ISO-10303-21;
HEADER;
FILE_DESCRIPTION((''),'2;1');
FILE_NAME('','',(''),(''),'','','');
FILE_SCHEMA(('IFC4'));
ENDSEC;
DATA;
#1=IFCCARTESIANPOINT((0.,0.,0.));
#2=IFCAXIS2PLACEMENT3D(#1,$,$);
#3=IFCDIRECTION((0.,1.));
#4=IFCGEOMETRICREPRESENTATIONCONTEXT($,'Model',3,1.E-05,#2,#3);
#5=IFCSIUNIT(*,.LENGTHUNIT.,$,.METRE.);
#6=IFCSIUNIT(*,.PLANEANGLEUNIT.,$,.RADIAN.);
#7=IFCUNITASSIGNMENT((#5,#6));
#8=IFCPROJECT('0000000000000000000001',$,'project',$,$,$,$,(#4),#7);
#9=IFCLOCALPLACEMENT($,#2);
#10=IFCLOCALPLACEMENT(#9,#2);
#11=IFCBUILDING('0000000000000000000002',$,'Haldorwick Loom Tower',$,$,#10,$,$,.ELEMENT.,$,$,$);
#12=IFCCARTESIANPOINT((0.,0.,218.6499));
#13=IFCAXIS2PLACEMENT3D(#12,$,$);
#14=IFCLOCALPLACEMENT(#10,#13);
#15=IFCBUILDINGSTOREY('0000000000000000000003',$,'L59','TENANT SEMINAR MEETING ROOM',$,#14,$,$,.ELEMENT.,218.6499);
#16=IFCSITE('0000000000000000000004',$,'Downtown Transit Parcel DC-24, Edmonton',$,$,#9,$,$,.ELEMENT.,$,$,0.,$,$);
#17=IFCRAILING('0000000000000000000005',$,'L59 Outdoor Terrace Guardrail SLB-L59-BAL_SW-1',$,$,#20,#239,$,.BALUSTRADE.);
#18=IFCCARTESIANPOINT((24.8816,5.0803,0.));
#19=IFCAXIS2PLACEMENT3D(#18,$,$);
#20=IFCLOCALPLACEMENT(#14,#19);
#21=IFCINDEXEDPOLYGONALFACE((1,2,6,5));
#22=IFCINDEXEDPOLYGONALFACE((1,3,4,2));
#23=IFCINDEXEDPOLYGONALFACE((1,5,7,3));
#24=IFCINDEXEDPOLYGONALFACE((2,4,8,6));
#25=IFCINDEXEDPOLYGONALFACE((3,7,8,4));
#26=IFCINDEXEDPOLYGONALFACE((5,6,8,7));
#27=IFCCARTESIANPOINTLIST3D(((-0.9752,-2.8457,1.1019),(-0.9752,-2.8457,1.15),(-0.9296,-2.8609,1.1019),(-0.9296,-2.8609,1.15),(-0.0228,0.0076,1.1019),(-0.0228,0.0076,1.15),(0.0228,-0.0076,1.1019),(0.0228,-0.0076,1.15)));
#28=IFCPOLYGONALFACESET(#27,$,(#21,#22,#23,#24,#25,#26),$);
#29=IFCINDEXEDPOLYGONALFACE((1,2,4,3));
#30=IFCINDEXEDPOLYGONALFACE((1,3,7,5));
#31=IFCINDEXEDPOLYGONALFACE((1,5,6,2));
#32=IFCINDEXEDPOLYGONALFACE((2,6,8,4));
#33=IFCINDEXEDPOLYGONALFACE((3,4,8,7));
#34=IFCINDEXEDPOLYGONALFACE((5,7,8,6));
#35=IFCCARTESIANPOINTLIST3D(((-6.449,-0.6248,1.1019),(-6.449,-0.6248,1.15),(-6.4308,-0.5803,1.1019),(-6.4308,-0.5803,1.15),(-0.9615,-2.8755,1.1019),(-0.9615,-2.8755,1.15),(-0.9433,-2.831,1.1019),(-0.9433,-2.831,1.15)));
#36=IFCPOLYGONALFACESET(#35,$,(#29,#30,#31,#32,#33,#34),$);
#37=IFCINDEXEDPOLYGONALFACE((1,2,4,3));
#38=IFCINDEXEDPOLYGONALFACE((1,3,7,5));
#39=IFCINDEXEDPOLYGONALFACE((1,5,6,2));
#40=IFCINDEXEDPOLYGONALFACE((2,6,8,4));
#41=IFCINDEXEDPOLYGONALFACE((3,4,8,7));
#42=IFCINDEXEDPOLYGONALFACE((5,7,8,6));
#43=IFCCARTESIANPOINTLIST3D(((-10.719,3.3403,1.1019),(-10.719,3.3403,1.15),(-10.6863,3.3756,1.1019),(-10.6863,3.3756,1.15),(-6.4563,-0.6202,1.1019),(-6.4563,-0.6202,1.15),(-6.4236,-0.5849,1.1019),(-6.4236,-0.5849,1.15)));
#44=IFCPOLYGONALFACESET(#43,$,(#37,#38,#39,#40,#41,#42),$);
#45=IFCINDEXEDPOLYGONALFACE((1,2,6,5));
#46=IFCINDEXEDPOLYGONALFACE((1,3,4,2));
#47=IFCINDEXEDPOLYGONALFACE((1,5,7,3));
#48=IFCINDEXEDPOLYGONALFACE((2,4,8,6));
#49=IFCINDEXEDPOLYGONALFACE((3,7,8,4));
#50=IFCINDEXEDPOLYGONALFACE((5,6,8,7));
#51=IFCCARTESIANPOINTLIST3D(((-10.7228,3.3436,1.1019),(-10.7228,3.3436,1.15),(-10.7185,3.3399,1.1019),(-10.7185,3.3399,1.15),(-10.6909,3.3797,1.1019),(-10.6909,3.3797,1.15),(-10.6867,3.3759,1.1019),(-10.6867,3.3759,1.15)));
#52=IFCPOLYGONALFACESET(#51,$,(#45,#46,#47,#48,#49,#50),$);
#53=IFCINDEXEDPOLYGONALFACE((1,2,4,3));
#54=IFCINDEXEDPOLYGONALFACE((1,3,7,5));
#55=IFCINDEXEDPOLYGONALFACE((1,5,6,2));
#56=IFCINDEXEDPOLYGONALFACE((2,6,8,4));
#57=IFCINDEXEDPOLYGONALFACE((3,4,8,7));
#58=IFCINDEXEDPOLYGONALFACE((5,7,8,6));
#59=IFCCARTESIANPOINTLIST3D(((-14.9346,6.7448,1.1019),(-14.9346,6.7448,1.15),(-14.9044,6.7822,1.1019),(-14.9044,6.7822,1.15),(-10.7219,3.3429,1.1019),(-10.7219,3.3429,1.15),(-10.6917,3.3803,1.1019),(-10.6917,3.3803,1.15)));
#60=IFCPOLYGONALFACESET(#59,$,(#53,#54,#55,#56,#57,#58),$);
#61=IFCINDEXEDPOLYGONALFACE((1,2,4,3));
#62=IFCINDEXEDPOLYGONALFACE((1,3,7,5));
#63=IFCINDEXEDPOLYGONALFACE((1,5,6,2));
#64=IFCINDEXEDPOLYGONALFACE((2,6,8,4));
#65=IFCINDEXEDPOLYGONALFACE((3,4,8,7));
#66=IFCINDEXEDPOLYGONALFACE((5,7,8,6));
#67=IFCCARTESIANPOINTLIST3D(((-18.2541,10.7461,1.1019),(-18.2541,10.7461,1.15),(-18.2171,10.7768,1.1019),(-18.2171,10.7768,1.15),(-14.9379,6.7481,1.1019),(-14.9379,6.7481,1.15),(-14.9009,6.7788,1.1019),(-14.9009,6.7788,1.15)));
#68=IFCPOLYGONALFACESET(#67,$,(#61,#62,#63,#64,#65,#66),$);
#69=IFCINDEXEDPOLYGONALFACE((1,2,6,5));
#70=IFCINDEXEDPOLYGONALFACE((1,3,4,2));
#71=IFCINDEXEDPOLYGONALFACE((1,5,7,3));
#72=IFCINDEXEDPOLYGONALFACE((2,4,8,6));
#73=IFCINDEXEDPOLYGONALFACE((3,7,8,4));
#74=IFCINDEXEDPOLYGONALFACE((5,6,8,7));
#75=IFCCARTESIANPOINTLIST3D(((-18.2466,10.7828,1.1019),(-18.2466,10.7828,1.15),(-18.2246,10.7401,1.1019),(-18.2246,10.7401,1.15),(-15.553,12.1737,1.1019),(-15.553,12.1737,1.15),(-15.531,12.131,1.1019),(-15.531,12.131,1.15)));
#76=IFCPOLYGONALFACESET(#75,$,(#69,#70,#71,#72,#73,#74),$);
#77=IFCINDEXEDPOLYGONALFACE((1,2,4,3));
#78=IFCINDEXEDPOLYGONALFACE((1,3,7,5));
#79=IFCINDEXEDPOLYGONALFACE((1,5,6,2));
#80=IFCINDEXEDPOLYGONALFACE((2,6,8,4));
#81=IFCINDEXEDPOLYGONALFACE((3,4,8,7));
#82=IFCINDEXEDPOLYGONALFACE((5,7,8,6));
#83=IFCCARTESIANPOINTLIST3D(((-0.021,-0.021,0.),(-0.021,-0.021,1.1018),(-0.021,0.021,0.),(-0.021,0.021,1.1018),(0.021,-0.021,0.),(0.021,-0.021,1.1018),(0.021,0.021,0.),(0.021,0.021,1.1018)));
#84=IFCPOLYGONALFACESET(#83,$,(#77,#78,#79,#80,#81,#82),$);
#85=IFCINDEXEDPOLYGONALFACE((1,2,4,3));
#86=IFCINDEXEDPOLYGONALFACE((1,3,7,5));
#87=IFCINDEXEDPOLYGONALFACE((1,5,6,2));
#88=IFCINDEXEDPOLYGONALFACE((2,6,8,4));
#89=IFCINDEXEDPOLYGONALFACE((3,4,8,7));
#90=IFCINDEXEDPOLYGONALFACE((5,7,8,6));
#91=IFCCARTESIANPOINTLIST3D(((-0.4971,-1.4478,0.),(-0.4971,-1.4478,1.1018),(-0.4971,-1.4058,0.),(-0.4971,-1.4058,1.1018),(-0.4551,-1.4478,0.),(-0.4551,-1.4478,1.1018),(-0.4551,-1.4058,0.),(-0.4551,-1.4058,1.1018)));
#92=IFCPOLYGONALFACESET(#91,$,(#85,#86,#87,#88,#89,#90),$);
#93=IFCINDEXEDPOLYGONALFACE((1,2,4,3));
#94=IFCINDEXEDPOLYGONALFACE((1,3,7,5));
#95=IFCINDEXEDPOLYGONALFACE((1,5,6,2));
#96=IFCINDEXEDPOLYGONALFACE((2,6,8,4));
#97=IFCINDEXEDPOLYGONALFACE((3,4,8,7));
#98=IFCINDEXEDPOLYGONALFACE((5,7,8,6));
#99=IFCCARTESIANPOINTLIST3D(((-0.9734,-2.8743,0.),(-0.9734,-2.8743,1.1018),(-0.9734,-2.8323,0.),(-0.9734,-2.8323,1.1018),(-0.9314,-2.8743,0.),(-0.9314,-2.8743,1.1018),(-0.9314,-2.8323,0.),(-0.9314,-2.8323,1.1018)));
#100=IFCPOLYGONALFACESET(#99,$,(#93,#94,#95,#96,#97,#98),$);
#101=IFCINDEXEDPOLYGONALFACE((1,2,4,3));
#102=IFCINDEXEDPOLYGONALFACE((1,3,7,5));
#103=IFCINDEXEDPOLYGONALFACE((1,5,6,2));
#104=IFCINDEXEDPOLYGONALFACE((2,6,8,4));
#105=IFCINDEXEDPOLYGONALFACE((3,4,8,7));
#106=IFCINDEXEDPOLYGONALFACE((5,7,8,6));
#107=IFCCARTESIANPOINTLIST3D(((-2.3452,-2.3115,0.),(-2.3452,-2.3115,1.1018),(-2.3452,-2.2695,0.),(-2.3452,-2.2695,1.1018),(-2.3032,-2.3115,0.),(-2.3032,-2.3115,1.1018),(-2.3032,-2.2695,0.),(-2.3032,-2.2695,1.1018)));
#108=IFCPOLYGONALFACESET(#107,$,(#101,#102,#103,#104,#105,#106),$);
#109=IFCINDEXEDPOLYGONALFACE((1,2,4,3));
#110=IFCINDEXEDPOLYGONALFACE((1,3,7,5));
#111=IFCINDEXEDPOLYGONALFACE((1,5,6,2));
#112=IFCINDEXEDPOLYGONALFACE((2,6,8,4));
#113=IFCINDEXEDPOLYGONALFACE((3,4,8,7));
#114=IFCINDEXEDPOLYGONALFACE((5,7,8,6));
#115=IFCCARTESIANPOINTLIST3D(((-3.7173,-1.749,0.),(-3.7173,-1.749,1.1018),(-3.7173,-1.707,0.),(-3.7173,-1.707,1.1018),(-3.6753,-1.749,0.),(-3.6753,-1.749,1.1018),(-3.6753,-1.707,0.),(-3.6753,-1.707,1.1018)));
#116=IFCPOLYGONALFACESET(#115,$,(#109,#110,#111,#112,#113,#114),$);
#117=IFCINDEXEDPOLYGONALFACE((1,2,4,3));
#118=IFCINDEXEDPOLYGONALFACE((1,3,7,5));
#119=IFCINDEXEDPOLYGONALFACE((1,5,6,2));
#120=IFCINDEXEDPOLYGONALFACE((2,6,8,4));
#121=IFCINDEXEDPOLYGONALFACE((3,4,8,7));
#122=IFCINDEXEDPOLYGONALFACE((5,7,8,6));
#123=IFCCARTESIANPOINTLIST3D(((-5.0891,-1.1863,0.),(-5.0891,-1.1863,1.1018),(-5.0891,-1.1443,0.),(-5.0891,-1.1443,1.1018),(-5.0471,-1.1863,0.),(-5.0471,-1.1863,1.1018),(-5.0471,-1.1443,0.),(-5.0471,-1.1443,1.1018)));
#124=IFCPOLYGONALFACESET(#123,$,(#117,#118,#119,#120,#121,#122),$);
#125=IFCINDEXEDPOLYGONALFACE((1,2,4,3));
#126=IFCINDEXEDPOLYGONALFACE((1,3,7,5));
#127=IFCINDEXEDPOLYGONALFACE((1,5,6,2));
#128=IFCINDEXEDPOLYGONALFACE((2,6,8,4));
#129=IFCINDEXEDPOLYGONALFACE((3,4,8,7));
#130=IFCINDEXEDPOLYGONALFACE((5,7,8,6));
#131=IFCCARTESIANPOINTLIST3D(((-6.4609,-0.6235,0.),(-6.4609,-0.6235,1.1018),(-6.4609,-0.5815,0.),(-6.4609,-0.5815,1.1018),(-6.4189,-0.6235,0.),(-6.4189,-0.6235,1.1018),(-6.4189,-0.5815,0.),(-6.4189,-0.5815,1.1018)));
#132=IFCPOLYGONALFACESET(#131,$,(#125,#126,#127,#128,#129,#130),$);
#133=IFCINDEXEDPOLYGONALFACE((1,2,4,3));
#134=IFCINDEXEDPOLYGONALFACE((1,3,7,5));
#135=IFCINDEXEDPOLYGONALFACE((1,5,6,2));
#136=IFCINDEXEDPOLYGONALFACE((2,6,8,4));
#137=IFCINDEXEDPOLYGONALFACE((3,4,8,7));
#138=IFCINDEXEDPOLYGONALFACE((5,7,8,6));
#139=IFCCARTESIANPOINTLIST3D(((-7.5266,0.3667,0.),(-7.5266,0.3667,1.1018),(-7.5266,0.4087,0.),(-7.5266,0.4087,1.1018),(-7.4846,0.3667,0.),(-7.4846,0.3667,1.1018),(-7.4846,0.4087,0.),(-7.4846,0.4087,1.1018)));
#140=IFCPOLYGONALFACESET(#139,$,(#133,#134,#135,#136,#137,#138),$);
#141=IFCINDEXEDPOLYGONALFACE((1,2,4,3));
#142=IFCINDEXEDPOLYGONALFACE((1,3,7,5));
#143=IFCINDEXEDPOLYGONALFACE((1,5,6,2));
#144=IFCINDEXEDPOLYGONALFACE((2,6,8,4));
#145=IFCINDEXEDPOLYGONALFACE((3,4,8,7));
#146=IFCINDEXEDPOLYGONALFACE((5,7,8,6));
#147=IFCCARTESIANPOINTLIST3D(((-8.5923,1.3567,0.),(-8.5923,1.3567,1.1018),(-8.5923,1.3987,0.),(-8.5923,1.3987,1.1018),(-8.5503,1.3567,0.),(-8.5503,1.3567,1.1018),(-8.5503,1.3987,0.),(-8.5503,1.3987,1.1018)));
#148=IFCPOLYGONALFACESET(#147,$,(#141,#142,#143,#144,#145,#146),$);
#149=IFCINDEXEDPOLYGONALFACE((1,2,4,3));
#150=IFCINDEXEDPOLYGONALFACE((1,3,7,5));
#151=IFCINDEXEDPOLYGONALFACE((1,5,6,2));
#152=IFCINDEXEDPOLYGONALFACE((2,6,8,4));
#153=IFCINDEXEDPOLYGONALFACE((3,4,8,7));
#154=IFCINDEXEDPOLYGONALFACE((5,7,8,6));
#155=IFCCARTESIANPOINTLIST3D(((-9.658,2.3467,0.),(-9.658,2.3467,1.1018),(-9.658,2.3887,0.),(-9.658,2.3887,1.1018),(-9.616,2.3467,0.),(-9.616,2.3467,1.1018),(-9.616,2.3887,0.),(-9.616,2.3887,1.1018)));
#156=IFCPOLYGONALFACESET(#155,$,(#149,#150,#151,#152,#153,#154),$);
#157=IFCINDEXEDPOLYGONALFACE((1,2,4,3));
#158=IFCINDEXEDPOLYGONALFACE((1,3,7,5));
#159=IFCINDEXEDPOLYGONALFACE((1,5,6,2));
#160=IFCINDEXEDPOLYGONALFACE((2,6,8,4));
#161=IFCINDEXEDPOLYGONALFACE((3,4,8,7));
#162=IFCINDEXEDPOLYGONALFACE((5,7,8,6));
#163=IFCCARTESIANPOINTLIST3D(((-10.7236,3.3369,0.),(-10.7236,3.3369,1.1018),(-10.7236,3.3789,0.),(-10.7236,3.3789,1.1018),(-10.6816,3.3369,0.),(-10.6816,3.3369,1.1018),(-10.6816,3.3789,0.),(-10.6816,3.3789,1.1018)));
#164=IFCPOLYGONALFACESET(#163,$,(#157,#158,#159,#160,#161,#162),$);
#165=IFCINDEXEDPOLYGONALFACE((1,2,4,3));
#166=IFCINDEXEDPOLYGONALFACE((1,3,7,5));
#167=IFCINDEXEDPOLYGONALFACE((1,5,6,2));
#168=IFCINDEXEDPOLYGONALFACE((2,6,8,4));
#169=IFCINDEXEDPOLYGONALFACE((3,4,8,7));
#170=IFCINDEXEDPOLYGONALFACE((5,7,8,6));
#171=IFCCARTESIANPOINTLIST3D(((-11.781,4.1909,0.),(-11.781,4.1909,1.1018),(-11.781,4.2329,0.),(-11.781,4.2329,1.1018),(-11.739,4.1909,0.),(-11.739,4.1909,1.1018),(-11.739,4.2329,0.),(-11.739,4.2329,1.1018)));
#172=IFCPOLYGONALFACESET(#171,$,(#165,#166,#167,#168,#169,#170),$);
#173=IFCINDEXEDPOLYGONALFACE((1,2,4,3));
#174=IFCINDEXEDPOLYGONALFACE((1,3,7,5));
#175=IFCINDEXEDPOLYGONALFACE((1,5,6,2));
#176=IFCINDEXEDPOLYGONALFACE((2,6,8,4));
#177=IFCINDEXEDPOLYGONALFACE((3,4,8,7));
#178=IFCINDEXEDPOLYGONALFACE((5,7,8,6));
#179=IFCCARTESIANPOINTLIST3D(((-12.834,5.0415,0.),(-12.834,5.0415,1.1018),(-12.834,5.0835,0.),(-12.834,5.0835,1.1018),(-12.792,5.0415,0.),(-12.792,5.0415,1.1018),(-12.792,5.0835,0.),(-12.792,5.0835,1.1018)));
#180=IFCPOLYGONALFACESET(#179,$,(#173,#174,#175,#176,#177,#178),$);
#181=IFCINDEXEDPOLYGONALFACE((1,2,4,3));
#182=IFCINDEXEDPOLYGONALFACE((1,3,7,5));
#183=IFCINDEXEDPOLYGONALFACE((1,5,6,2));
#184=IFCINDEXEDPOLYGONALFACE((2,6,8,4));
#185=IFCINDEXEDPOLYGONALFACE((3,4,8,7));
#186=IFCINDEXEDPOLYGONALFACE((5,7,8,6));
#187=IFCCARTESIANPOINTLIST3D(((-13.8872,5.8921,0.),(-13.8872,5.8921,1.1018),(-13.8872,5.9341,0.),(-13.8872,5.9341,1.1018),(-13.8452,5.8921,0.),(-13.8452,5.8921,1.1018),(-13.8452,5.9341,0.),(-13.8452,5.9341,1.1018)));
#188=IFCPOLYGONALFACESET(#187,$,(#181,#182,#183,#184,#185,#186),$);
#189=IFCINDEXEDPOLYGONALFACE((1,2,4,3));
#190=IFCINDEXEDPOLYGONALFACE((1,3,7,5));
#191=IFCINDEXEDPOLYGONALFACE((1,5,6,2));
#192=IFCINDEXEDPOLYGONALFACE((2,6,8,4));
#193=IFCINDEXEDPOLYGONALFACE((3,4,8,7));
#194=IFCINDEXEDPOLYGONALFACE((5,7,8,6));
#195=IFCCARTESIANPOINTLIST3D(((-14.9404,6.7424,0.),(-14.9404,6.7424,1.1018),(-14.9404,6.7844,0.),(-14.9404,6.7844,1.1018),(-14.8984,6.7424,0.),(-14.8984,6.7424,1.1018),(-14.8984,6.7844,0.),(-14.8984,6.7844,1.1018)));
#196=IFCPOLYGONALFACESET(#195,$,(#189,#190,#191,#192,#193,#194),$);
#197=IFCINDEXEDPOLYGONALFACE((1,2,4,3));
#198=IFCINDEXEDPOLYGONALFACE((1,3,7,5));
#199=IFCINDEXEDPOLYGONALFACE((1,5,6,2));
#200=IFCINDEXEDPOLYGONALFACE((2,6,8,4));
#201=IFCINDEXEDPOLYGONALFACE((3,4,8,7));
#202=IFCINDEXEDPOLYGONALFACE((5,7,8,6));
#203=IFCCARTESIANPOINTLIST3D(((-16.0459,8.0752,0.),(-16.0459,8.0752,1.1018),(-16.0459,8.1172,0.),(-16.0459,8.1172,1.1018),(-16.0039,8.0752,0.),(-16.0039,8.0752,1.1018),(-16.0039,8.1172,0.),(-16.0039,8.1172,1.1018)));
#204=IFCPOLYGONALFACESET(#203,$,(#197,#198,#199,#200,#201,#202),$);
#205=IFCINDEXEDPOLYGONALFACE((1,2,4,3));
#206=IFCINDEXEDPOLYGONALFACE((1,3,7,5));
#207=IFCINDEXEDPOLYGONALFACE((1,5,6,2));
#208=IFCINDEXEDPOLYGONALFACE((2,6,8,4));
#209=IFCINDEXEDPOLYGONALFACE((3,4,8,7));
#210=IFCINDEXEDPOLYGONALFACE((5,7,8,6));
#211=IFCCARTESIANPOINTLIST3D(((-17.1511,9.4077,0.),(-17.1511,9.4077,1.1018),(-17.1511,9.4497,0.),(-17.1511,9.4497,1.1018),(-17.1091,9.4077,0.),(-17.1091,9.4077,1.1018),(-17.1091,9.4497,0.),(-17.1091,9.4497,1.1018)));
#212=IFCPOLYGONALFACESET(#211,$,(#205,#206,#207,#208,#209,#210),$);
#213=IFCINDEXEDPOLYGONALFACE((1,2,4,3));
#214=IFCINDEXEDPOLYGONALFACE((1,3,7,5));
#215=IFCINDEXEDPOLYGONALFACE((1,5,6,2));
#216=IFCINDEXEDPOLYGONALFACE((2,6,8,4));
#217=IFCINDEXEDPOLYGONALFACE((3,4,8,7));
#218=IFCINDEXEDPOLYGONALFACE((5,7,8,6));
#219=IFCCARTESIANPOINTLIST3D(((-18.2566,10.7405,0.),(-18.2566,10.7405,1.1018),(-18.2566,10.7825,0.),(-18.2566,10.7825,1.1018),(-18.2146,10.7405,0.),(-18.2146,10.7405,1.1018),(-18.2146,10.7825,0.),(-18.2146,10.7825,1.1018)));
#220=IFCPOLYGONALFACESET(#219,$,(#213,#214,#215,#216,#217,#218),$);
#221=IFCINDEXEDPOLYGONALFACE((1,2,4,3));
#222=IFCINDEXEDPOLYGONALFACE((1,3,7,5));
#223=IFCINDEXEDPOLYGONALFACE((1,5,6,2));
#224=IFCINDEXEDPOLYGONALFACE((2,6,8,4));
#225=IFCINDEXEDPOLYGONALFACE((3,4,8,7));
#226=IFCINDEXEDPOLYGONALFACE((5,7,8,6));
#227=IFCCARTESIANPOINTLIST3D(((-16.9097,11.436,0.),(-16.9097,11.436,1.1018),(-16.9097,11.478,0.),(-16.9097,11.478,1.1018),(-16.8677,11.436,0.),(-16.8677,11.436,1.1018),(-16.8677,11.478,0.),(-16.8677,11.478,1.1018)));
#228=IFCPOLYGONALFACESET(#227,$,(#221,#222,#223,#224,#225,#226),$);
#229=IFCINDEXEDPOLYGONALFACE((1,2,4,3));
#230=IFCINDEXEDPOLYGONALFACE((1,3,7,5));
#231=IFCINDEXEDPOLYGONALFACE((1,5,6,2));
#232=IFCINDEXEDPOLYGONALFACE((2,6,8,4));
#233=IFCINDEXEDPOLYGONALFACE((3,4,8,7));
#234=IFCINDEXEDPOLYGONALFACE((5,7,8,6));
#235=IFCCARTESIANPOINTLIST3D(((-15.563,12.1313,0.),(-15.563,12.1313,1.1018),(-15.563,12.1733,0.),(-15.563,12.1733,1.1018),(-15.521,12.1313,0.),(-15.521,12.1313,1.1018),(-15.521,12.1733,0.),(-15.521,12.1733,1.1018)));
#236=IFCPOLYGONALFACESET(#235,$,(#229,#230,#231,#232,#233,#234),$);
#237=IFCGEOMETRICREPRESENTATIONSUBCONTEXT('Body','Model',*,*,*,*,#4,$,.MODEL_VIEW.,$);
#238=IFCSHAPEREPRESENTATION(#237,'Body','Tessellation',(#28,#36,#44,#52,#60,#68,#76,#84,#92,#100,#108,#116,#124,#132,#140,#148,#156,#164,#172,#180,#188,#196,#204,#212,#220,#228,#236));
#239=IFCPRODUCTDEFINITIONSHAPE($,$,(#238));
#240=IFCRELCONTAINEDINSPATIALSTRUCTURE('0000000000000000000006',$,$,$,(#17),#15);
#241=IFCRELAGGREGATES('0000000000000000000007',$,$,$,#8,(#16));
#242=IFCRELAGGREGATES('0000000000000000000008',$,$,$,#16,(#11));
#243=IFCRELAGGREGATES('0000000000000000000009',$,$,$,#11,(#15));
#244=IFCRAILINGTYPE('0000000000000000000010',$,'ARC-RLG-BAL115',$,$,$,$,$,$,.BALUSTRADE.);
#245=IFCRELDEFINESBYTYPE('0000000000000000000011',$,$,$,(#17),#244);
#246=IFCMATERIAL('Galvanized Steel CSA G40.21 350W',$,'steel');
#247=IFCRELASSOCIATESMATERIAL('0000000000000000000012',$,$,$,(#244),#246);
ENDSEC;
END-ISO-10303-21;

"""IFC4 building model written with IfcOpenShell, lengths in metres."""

from ifc_helpers import new_model, si_unit, direction, frame, origin, origin_2d, place, context, subcontext, project, spatial, rectangle, extrude, material, type_object, element, save


model = new_model("IFC4")

# Units and contexts
model_context = context("Model", 3, precision=1e-05, world=origin(), true_north=direction((0.0, 1.0)))
body_context = subcontext(model_context, "Body", "Model", "MODEL_VIEW")
ifc_project = project(units=[si_unit("LENGTHUNIT", "METRE"), si_unit("PLANEANGLEUNIT", "RADIAN")], contexts=[model_context])

# Site, building, storey
site_placement = place(None, origin())
site = spatial("IfcSite", under=ifc_project, at=site_placement, Name="Downtown Transit Parcel DC-24, Edmonton", CompositionType="ELEMENT", RefElevation=0.0)
building_placement = place(site_placement, origin())
building = spatial("IfcBuilding", under=site, at=building_placement, Name="Haldorwick Loom Tower", CompositionType="ELEMENT")
storey_placement = place(building_placement, frame((0.0, 0.0, 218.6499)))
storey = spatial("IfcBuildingStorey", under=building, at=storey_placement, Name="L59", Description="TENANT SEMINAR MEETING ROOM", CompositionType="ELEMENT", Elevation=218.6499)

# Railing
ifc_material_1 = material(Name="Galvanized Steel CSA G40.21 350W", Category="steel")
railing_type = type_object("IfcRailingType", Name="ARC-RLG-BAL115", PredefinedType="BALUSTRADE", material=ifc_material_1)
railing_placement = place(storey_placement, frame((24.8816, 5.0803, 0.0)))
element("IfcRailing", 1, at=railing_placement, inside=storey, type_object=railing_type, Name="L59 Outdoor Terrace Guardrail SLB-L59-BAL_SW-1", PredefinedType="BALUSTRADE", context=body_context, shape_type="SweptSolid", body=[
    extrude(rectangle(XDim=0.0481, YDim=0.0481, at=origin_2d()), frame((0.0, 0.0, 1.126), z_axis=(-0.316617, -0.948553, 0.0), x_axis=(0.948553, -0.316617, 0.0)), (0.0, 0.0, 1.0), 3.0081),
    extrude(rectangle(XDim=0.0481, YDim=0.0481, at=origin_2d()), frame((-0.9524, -2.8533, 1.126), z_axis=(-0.925202, 0.379474, 0.0), x_axis=(-0.379474, -0.925202, 0.0)), (0.0, 0.0, 1.0), 5.9312),
    extrude(rectangle(XDim=0.0481, YDim=0.0481, at=origin_2d()), frame((-6.4399, -0.6025, 1.126), z_axis=(-0.732602, 0.680657, 0.0), x_axis=(-0.680657, -0.732602, 0.0)), (0.0, 0.0, 1.0), 5.8186),
    extrude(rectangle(XDim=0.0481, YDim=0.0481, at=origin_2d()), frame((-10.7026, 3.3579, 1.126), z_axis=(-0.749838, 0.661622, 0.0), x_axis=(-0.661622, -0.749838, 0.0)), (0.0, 0.0, 1.0), 0.0056),
    extrude(rectangle(XDim=0.0481, YDim=0.0481, at=origin_2d()), frame((-10.7068, 3.3616, 1.126), z_axis=(-0.778001, 0.628263, 0.0), x_axis=(-0.628263, -0.778001, 0.0)), (0.0, 0.0, 1.0), 5.4148),
    extrude(rectangle(XDim=0.0481, YDim=0.0481, at=origin_2d()), frame((-14.9194, 6.7634, 1.126), z_axis=(-0.638417, 0.769691, 0.0), x_axis=(-0.769691, -0.638417, 0.0)), (0.0, 0.0, 1.0), 5.1943),
    extrude(rectangle(XDim=0.0481, YDim=0.0481, at=origin_2d()), frame((-18.2356, 10.7615, 1.126), z_axis=(0.888537, 0.458805, 0.0), x_axis=(-0.458805, 0.888537, 0.0)), (0.0, 0.0, 1.0), 3.0315),
    extrude(rectangle(XDim=0.042, YDim=0.042, at=origin_2d()), origin(), (0.0, 0.0, 1.0), 1.1018),
    extrude(rectangle(XDim=0.042, YDim=0.042, at=origin_2d()), frame((-0.4761, -1.4268, 0.0)), (0.0, 0.0, 1.0), 1.1018),
    extrude(rectangle(XDim=0.042, YDim=0.042, at=origin_2d()), frame((-0.9524, -2.8533, 0.0)), (0.0, 0.0, 1.0), 1.1018),
    extrude(rectangle(XDim=0.042, YDim=0.042, at=origin_2d()), frame((-2.3242, -2.2905, 0.0)), (0.0, 0.0, 1.0), 1.1018),
    extrude(rectangle(XDim=0.042, YDim=0.042, at=origin_2d()), frame((-3.6963, -1.728, 0.0)), (0.0, 0.0, 1.0), 1.1018),
    extrude(rectangle(XDim=0.042, YDim=0.042, at=origin_2d()), frame((-5.0681, -1.1653, 0.0)), (0.0, 0.0, 1.0), 1.1018),
    extrude(rectangle(XDim=0.042, YDim=0.042, at=origin_2d()), frame((-6.4399, -0.6025, 0.0)), (0.0, 0.0, 1.0), 1.1018),
    extrude(rectangle(XDim=0.042, YDim=0.042, at=origin_2d()), frame((-7.5056, 0.3877, 0.0)), (0.0, 0.0, 1.0), 1.1018),
    extrude(rectangle(XDim=0.042, YDim=0.042, at=origin_2d()), frame((-8.5713, 1.3777, 0.0)), (0.0, 0.0, 1.0), 1.1018),
    extrude(rectangle(XDim=0.042, YDim=0.042, at=origin_2d()), frame((-9.637, 2.3677, 0.0)), (0.0, 0.0, 1.0), 1.1018),
    extrude(rectangle(XDim=0.042, YDim=0.042, at=origin_2d()), frame((-10.7026, 3.3579, 0.0)), (0.0, 0.0, 1.0), 1.1018),
    extrude(rectangle(XDim=0.042, YDim=0.042, at=origin_2d()), frame((-11.76, 4.2119, 0.0)), (0.0, 0.0, 1.0), 1.1018),
    extrude(rectangle(XDim=0.042, YDim=0.042, at=origin_2d()), frame((-12.813, 5.0625, 0.0)), (0.0, 0.0, 1.0), 1.1018),
    extrude(rectangle(XDim=0.042, YDim=0.042, at=origin_2d()), frame((-13.8662, 5.9131, 0.0)), (0.0, 0.0, 1.0), 1.1018),
    extrude(rectangle(XDim=0.042, YDim=0.042, at=origin_2d()), frame((-14.9194, 6.7634, 0.0)), (0.0, 0.0, 1.0), 1.1018),
    extrude(rectangle(XDim=0.042, YDim=0.042, at=origin_2d()), frame((-16.0249, 8.0962, 0.0)), (0.0, 0.0, 1.0), 1.1018),
    extrude(rectangle(XDim=0.042, YDim=0.042, at=origin_2d()), frame((-17.1301, 9.4287, 0.0)), (0.0, 0.0, 1.0), 1.1018),
    extrude(rectangle(XDim=0.042, YDim=0.042, at=origin_2d()), frame((-18.2356, 10.7615, 0.0)), (0.0, 0.0, 1.0), 1.1018),
    extrude(rectangle(XDim=0.042, YDim=0.042, at=origin_2d()), frame((-16.8887, 11.457, 0.0)), (0.0, 0.0, 1.0), 1.1018),
    extrude(rectangle(XDim=0.042, YDim=0.042, at=origin_2d()), frame((-15.542, 12.1523, 0.0)), (0.0, 0.0, 1.0), 1.1018),
])

save(model, "model.ifc")
